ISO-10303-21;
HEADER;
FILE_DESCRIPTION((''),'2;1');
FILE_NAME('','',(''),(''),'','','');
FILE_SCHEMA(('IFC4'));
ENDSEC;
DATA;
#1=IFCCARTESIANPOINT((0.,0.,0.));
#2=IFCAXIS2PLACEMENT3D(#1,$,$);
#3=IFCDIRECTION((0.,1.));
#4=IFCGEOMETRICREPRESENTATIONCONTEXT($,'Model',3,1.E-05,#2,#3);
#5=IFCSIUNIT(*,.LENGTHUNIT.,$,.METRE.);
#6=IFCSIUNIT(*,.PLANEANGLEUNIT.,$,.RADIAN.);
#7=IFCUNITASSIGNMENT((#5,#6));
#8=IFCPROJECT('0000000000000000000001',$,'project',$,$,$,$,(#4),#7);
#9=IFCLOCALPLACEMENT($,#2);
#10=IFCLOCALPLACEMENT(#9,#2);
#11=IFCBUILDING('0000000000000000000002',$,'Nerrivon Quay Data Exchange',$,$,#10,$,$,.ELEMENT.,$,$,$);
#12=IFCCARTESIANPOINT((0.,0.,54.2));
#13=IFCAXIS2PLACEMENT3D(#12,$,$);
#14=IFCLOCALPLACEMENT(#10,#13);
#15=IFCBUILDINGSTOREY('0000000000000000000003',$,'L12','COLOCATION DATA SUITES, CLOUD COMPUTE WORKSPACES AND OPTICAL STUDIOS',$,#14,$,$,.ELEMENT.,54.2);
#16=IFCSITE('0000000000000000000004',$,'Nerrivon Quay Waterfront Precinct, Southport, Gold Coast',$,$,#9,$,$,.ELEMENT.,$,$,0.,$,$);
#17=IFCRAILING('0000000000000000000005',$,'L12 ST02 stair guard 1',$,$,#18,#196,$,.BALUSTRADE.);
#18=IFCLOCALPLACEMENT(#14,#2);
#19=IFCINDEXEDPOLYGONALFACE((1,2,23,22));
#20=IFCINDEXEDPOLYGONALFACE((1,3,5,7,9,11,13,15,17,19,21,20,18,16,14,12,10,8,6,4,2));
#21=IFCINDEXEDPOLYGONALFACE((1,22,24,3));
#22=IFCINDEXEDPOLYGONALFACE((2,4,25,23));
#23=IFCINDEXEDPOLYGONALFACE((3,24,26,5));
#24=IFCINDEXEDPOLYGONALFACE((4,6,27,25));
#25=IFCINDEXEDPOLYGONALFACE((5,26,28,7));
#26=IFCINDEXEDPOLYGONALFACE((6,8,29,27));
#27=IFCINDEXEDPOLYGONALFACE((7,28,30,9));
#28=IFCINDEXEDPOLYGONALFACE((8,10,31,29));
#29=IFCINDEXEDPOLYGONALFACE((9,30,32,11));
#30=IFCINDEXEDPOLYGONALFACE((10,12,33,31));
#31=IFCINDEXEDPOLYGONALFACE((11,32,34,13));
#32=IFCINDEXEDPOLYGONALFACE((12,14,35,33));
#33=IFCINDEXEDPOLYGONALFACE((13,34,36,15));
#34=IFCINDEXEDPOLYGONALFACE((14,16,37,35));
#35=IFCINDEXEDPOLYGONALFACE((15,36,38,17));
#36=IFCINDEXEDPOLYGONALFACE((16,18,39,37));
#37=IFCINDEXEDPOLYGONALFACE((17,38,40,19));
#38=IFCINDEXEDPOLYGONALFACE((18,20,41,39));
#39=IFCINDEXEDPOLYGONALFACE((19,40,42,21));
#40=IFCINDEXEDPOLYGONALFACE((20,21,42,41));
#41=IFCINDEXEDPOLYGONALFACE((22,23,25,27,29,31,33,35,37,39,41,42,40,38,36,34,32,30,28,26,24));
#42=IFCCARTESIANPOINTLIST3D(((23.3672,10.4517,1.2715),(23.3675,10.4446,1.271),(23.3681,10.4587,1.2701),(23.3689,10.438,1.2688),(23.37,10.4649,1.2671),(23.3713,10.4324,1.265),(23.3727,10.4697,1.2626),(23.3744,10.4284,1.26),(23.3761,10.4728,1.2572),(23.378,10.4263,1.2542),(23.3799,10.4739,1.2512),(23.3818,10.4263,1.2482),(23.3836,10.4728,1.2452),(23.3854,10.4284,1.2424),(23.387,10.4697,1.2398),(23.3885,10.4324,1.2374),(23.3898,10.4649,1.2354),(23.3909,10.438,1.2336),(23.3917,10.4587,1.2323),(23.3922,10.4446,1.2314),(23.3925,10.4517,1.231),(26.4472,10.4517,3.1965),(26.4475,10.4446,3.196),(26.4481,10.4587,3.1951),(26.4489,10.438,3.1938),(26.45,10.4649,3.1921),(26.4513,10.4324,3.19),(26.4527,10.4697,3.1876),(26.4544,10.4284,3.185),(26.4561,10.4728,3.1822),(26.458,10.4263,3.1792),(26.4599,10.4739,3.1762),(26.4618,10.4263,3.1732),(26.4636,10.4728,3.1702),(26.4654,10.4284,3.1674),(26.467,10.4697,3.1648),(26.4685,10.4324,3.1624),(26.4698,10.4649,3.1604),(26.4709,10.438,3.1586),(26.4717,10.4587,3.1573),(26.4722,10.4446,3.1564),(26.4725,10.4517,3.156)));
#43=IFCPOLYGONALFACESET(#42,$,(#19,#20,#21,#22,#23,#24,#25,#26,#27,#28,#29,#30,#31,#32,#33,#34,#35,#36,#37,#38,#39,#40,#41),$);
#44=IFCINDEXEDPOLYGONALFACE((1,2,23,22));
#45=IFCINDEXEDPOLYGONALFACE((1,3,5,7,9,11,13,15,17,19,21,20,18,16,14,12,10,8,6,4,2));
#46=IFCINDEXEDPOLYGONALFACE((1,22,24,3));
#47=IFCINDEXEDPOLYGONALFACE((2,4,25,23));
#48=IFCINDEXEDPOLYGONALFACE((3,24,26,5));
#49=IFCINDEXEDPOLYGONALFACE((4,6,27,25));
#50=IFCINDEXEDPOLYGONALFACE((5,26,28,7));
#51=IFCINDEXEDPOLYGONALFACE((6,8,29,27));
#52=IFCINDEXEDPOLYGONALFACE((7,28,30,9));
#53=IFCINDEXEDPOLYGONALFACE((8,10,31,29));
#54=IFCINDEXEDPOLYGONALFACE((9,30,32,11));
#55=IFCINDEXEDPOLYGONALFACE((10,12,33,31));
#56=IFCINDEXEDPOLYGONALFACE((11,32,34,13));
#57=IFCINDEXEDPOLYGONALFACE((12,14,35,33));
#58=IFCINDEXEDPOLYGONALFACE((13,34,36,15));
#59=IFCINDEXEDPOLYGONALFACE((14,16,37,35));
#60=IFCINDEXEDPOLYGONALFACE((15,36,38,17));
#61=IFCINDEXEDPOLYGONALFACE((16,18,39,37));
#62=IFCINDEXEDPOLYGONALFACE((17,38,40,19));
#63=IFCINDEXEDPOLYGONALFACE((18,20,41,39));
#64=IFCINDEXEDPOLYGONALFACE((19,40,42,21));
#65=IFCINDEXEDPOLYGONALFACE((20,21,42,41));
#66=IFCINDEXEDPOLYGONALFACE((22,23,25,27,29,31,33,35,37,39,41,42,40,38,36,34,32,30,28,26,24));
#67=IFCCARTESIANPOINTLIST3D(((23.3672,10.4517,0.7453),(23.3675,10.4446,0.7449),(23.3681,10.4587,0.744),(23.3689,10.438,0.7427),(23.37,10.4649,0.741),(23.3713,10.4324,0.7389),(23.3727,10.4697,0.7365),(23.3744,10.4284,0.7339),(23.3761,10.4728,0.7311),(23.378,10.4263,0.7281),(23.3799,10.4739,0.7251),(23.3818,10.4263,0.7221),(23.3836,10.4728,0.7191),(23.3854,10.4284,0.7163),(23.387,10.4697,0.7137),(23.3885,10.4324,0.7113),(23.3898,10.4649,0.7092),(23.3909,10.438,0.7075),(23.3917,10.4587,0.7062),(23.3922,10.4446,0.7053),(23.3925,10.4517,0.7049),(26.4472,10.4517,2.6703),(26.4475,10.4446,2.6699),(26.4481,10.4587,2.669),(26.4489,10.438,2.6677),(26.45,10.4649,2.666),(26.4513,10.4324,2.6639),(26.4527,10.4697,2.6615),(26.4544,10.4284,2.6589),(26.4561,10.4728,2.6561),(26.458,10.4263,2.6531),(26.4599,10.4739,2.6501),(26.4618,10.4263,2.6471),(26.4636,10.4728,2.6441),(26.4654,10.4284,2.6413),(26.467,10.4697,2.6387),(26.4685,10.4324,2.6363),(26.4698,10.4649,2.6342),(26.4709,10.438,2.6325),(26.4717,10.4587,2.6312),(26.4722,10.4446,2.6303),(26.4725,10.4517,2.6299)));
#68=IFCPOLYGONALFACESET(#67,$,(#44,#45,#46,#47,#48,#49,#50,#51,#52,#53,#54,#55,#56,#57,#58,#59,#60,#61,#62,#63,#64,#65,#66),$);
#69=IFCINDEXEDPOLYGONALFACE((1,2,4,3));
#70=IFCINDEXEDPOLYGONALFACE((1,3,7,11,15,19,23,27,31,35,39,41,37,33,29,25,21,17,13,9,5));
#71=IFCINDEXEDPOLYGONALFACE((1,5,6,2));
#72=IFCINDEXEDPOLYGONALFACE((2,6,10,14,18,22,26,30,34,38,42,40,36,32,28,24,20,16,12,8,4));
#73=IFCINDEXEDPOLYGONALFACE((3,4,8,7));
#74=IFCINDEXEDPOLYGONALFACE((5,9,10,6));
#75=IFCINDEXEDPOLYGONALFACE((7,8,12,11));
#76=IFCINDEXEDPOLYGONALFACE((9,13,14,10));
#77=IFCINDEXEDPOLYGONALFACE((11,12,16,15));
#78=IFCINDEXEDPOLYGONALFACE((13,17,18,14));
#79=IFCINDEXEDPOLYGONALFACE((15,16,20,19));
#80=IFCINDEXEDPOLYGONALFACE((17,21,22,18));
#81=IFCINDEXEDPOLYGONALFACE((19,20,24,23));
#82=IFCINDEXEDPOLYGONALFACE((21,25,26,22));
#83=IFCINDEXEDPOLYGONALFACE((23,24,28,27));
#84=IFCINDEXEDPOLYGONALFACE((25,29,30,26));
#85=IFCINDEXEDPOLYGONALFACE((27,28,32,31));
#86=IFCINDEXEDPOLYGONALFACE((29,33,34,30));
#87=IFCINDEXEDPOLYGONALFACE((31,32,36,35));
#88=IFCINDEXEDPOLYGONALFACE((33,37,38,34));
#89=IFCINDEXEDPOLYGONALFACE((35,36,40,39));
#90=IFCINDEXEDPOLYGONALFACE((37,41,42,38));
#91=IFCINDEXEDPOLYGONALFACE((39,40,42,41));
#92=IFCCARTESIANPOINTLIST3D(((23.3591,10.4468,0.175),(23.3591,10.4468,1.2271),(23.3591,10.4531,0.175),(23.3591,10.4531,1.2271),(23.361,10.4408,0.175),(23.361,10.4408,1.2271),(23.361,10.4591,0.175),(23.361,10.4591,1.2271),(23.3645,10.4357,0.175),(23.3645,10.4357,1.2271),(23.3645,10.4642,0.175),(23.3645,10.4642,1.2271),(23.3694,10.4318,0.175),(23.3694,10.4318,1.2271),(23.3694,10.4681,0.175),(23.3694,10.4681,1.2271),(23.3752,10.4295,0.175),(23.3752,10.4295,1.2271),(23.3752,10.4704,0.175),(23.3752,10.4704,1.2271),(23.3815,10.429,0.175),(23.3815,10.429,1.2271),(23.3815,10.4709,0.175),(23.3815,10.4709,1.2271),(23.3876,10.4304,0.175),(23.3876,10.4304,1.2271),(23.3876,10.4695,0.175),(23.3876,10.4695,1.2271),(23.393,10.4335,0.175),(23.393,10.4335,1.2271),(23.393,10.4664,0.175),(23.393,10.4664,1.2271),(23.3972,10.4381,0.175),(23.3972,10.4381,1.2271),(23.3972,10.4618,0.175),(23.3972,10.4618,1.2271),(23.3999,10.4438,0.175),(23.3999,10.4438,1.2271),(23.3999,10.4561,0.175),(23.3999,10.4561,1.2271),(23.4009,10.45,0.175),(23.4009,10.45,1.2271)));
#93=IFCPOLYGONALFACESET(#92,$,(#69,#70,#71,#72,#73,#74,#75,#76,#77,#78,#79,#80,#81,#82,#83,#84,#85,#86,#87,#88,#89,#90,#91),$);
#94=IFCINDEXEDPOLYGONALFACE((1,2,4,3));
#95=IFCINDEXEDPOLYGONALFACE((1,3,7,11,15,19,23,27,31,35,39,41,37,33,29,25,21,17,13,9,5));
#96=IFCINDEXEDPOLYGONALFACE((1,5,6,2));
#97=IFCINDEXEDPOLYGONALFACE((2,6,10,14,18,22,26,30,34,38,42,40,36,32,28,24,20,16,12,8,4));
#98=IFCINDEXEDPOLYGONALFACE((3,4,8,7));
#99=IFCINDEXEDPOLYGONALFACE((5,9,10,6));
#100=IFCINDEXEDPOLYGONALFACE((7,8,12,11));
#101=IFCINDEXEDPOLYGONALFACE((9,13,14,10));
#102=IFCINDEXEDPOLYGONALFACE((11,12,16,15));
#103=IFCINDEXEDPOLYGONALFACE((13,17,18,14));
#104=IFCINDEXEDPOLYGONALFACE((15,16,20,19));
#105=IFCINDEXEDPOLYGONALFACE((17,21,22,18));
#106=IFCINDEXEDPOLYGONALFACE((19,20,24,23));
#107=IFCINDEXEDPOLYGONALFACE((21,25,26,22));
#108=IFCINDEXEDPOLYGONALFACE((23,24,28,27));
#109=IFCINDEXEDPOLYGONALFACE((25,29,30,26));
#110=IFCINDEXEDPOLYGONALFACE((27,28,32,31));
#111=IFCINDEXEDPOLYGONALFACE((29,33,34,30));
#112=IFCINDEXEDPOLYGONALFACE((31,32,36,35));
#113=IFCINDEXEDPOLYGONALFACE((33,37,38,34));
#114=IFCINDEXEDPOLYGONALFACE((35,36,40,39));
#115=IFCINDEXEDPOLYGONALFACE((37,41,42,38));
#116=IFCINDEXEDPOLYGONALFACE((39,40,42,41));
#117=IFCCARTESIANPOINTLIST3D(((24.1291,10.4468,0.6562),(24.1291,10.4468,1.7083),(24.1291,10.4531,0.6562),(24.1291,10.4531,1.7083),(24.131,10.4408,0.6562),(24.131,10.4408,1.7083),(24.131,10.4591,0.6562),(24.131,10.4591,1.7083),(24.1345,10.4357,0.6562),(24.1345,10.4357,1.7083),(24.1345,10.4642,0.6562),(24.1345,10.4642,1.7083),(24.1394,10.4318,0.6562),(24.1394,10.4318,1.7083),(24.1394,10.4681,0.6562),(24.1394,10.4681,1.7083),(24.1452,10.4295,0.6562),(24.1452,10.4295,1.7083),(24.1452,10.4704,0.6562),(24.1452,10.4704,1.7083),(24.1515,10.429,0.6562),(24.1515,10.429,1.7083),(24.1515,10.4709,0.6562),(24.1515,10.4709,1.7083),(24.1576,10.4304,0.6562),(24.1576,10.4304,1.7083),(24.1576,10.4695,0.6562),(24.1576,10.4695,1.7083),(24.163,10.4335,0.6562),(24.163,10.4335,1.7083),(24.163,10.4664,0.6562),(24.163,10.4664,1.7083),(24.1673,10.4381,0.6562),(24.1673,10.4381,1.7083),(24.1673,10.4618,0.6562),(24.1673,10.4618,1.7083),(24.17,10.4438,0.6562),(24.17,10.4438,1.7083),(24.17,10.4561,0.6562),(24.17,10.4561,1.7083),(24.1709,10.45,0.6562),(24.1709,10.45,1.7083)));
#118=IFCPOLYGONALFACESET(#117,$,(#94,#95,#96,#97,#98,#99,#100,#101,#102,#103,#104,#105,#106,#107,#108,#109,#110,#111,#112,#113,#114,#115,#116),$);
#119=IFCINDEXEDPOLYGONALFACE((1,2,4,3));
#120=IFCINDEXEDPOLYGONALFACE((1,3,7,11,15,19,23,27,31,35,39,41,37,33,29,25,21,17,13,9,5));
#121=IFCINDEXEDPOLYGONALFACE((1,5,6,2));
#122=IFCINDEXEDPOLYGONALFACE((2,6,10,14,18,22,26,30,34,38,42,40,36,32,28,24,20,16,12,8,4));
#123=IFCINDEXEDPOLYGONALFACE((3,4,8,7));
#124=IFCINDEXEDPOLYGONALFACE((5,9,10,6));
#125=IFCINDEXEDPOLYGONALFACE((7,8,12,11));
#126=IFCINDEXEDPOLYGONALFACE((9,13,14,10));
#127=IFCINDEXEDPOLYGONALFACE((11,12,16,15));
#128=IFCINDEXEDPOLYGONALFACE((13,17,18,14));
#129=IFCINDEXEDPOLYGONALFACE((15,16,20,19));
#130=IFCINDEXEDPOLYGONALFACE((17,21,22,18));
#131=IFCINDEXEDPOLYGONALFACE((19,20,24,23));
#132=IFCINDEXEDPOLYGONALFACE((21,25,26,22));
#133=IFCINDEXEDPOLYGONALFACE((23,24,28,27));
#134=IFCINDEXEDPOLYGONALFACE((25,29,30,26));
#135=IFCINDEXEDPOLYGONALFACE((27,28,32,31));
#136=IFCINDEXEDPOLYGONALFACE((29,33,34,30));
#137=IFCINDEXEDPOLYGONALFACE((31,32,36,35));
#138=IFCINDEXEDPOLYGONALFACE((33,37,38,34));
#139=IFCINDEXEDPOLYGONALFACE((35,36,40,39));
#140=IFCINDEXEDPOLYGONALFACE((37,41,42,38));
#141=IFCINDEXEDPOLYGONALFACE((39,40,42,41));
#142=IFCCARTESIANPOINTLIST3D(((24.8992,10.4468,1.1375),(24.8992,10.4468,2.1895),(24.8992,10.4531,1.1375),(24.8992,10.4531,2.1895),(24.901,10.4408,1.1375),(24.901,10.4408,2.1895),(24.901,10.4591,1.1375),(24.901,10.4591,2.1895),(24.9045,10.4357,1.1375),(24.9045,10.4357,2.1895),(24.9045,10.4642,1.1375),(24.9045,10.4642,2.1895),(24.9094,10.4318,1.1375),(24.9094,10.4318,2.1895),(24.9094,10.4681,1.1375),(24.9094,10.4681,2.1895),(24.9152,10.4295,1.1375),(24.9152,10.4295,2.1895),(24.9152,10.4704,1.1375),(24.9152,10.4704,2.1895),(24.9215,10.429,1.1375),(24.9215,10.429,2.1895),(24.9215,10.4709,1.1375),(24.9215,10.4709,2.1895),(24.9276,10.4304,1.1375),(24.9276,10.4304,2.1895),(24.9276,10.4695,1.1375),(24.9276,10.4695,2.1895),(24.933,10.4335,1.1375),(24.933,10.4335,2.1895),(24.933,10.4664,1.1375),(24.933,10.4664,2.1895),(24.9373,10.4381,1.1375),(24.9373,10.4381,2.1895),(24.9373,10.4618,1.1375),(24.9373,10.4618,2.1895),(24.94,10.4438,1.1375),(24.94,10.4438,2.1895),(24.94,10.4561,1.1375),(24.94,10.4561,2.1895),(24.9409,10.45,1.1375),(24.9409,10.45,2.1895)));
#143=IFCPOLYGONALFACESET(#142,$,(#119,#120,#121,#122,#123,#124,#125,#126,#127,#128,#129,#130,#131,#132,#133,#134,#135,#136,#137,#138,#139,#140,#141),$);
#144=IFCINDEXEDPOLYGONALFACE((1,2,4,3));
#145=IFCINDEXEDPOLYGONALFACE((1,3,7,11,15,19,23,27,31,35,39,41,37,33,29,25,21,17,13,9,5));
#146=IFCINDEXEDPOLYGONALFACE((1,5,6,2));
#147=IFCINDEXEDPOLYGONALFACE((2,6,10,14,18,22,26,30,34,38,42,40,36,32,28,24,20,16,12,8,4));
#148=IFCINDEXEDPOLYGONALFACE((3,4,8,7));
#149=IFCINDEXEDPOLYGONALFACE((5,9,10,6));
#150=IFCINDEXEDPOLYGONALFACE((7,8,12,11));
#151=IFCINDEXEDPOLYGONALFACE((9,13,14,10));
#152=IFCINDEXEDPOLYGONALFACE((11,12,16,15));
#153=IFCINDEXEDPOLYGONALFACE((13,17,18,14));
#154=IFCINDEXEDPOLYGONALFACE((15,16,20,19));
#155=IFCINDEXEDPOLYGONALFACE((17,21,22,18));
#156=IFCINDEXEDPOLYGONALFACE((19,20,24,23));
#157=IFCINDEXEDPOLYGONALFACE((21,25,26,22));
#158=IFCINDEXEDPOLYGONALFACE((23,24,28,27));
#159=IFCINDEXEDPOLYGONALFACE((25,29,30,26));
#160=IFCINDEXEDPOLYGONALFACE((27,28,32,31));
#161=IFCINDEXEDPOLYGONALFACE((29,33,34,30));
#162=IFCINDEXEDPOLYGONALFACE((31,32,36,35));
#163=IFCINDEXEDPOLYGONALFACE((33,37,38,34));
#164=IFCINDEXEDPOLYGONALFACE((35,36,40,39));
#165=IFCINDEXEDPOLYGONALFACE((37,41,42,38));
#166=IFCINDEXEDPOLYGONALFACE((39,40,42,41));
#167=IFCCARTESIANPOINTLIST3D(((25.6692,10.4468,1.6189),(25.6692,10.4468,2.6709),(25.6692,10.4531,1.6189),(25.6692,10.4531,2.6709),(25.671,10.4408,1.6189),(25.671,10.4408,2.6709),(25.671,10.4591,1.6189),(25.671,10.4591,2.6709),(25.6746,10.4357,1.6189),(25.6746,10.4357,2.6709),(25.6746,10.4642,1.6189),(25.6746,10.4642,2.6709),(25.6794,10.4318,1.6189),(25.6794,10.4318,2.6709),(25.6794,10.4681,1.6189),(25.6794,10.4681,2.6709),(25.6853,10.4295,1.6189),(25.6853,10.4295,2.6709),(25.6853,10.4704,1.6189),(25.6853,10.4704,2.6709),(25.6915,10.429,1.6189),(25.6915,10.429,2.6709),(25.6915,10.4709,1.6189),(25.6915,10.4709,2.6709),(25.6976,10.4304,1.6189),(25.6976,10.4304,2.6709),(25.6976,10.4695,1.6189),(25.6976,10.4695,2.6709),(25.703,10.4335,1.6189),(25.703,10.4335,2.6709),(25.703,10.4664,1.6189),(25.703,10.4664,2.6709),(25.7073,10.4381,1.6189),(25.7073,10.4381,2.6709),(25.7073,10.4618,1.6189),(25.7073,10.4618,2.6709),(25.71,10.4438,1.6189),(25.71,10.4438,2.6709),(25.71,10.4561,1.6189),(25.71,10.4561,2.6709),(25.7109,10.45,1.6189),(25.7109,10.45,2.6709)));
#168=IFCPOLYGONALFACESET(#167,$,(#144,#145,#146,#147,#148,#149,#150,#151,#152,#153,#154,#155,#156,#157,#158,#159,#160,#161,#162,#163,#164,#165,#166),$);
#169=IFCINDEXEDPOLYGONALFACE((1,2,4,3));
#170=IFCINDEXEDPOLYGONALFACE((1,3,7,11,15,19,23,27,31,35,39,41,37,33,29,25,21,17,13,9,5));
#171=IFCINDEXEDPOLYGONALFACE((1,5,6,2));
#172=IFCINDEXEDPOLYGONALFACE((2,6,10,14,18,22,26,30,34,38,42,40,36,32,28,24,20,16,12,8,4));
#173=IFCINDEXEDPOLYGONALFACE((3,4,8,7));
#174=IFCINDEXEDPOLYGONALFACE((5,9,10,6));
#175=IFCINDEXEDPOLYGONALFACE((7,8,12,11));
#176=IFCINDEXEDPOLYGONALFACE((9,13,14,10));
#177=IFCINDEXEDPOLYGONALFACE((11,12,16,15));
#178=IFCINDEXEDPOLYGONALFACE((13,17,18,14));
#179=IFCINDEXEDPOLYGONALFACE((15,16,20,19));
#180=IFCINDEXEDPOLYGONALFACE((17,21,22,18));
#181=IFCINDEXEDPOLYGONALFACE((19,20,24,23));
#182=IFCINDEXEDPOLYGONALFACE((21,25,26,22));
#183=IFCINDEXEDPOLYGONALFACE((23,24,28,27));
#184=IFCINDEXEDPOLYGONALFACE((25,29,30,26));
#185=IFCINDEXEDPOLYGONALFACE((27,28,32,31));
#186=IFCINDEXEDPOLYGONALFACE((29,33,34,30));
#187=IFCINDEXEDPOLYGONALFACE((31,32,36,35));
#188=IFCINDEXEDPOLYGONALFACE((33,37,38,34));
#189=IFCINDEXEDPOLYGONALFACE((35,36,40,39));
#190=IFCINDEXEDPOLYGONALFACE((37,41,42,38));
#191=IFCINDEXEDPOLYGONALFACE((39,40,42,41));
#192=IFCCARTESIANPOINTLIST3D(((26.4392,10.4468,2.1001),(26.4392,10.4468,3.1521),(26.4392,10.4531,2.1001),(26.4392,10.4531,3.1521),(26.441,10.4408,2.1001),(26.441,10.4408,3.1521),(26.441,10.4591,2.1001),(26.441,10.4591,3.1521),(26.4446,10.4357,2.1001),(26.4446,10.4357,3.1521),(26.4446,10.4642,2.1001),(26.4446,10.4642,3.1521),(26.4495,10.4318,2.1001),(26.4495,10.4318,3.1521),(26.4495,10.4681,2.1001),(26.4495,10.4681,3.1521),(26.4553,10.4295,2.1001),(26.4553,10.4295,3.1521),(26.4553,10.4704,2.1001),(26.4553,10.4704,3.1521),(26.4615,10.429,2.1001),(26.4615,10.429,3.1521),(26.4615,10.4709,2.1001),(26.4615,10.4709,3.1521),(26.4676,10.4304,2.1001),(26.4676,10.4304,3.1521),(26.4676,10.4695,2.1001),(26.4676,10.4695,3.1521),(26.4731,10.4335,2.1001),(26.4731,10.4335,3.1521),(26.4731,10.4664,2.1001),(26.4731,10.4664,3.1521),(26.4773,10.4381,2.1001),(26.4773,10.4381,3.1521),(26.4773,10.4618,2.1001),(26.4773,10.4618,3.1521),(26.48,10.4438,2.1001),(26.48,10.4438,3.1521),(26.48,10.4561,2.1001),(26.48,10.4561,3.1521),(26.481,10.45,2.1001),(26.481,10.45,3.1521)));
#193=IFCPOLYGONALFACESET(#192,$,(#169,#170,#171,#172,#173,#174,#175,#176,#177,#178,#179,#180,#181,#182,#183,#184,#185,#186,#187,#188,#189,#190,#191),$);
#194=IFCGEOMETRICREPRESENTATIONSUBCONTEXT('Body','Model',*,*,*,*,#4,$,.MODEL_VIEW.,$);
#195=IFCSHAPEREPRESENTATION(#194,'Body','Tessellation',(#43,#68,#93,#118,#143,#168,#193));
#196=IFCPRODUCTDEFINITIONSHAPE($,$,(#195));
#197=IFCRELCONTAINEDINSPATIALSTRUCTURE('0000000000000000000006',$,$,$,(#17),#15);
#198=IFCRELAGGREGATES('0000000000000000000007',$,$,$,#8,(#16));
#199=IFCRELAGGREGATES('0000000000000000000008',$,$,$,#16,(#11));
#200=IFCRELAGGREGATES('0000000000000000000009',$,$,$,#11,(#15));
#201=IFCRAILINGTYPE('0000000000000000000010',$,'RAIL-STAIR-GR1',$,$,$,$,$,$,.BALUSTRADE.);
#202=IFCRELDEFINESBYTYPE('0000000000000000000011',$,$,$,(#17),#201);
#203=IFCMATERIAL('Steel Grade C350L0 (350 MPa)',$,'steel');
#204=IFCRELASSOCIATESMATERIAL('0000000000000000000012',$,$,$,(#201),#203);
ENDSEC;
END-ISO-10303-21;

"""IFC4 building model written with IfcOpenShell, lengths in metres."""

from ifc_helpers import new_model, si_unit, direction, frame, origin, origin_2d, place, context, subcontext, project, spatial, circle, extrude, material, type_object, element, save


model = new_model("IFC4")

# Units and contexts
model_context = context("Model", 3, precision=1e-05, world=origin(), true_north=direction((0.0, 1.0)))
body_context = subcontext(model_context, "Body", "Model", "MODEL_VIEW")
ifc_project = project(units=[si_unit("LENGTHUNIT", "METRE"), si_unit("PLANEANGLEUNIT", "RADIAN")], contexts=[model_context])

# Site, building, storey
site_placement = place(None, origin())
site = spatial("IfcSite", under=ifc_project, at=site_placement, Name="Nerrivon Quay Waterfront Precinct, Southport, Gold Coast", CompositionType="ELEMENT", RefElevation=0.0)
building_placement = place(site_placement, origin())
building = spatial("IfcBuilding", under=site, at=building_placement, Name="Nerrivon Quay Data Exchange", CompositionType="ELEMENT")
storey_placement = place(building_placement, frame((0.0, 0.0, 54.2)))
storey = spatial("IfcBuildingStorey", under=building, at=storey_placement, Name="L12", Description="COLOCATION DATA SUITES, CLOUD COMPUTE WORKSPACES AND OPTICAL STUDIOS", CompositionType="ELEMENT", Elevation=54.2)

# Railing
ifc_material_1 = material(Name="Steel Grade C350L0 (350 MPa)", Category="steel")
railing_type_1 = type_object("IfcRailingType", Name="RAIL-STAIR-GR1", PredefinedType="BALUSTRADE", material=ifc_material_1)
railing_1_placement = place(storey_placement, frame((23.3799, 10.45, 0.175)))
element("IfcRailing", 1, at=railing_1_placement, inside=storey, type_object=railing_type_1, Name="L12 ST02 stair guard 1", PredefinedType="BALUSTRADE", context=body_context, shape_type="SweptSolid", body=[
    extrude(circle(Radius=0.0239, at=origin_2d()), frame((0.0, 0.0, 1.0762), z_axis=(0.847998, 0.0, 0.529999), x_axis=(0.0, 1.0, 0.0)), (0.0, 0.0, 1.0), 3.6321),
    extrude(circle(Radius=0.0239, at=origin_2d()), frame((0.0, 0.0, 0.55), z_axis=(0.847998, 0.0, 0.529999), x_axis=(0.0, 1.0, 0.0)), (0.0, 0.0, 1.0), 3.6321),
    extrude(circle(Radius=0.021, at=origin_2d()), origin(), (0.0, 0.0, 1.0), 1.052),
    extrude(circle(Radius=0.021, at=origin_2d()), frame((0.77, 0.0, 0.4812)), (0.0, 0.0, 1.0), 1.052),
    extrude(circle(Radius=0.021, at=origin_2d()), frame((1.54, 0.0, 0.9624)), (0.0, 0.0, 1.0), 1.052),
    extrude(circle(Radius=0.021, at=origin_2d()), frame((2.3101, 0.0, 1.4438)), (0.0, 0.0, 1.0), 1.052),
    extrude(circle(Radius=0.021, at=origin_2d()), frame((3.0801, 0.0, 1.925)), (0.0, 0.0, 1.0), 1.052),
])

save(model, "model.ifc")
